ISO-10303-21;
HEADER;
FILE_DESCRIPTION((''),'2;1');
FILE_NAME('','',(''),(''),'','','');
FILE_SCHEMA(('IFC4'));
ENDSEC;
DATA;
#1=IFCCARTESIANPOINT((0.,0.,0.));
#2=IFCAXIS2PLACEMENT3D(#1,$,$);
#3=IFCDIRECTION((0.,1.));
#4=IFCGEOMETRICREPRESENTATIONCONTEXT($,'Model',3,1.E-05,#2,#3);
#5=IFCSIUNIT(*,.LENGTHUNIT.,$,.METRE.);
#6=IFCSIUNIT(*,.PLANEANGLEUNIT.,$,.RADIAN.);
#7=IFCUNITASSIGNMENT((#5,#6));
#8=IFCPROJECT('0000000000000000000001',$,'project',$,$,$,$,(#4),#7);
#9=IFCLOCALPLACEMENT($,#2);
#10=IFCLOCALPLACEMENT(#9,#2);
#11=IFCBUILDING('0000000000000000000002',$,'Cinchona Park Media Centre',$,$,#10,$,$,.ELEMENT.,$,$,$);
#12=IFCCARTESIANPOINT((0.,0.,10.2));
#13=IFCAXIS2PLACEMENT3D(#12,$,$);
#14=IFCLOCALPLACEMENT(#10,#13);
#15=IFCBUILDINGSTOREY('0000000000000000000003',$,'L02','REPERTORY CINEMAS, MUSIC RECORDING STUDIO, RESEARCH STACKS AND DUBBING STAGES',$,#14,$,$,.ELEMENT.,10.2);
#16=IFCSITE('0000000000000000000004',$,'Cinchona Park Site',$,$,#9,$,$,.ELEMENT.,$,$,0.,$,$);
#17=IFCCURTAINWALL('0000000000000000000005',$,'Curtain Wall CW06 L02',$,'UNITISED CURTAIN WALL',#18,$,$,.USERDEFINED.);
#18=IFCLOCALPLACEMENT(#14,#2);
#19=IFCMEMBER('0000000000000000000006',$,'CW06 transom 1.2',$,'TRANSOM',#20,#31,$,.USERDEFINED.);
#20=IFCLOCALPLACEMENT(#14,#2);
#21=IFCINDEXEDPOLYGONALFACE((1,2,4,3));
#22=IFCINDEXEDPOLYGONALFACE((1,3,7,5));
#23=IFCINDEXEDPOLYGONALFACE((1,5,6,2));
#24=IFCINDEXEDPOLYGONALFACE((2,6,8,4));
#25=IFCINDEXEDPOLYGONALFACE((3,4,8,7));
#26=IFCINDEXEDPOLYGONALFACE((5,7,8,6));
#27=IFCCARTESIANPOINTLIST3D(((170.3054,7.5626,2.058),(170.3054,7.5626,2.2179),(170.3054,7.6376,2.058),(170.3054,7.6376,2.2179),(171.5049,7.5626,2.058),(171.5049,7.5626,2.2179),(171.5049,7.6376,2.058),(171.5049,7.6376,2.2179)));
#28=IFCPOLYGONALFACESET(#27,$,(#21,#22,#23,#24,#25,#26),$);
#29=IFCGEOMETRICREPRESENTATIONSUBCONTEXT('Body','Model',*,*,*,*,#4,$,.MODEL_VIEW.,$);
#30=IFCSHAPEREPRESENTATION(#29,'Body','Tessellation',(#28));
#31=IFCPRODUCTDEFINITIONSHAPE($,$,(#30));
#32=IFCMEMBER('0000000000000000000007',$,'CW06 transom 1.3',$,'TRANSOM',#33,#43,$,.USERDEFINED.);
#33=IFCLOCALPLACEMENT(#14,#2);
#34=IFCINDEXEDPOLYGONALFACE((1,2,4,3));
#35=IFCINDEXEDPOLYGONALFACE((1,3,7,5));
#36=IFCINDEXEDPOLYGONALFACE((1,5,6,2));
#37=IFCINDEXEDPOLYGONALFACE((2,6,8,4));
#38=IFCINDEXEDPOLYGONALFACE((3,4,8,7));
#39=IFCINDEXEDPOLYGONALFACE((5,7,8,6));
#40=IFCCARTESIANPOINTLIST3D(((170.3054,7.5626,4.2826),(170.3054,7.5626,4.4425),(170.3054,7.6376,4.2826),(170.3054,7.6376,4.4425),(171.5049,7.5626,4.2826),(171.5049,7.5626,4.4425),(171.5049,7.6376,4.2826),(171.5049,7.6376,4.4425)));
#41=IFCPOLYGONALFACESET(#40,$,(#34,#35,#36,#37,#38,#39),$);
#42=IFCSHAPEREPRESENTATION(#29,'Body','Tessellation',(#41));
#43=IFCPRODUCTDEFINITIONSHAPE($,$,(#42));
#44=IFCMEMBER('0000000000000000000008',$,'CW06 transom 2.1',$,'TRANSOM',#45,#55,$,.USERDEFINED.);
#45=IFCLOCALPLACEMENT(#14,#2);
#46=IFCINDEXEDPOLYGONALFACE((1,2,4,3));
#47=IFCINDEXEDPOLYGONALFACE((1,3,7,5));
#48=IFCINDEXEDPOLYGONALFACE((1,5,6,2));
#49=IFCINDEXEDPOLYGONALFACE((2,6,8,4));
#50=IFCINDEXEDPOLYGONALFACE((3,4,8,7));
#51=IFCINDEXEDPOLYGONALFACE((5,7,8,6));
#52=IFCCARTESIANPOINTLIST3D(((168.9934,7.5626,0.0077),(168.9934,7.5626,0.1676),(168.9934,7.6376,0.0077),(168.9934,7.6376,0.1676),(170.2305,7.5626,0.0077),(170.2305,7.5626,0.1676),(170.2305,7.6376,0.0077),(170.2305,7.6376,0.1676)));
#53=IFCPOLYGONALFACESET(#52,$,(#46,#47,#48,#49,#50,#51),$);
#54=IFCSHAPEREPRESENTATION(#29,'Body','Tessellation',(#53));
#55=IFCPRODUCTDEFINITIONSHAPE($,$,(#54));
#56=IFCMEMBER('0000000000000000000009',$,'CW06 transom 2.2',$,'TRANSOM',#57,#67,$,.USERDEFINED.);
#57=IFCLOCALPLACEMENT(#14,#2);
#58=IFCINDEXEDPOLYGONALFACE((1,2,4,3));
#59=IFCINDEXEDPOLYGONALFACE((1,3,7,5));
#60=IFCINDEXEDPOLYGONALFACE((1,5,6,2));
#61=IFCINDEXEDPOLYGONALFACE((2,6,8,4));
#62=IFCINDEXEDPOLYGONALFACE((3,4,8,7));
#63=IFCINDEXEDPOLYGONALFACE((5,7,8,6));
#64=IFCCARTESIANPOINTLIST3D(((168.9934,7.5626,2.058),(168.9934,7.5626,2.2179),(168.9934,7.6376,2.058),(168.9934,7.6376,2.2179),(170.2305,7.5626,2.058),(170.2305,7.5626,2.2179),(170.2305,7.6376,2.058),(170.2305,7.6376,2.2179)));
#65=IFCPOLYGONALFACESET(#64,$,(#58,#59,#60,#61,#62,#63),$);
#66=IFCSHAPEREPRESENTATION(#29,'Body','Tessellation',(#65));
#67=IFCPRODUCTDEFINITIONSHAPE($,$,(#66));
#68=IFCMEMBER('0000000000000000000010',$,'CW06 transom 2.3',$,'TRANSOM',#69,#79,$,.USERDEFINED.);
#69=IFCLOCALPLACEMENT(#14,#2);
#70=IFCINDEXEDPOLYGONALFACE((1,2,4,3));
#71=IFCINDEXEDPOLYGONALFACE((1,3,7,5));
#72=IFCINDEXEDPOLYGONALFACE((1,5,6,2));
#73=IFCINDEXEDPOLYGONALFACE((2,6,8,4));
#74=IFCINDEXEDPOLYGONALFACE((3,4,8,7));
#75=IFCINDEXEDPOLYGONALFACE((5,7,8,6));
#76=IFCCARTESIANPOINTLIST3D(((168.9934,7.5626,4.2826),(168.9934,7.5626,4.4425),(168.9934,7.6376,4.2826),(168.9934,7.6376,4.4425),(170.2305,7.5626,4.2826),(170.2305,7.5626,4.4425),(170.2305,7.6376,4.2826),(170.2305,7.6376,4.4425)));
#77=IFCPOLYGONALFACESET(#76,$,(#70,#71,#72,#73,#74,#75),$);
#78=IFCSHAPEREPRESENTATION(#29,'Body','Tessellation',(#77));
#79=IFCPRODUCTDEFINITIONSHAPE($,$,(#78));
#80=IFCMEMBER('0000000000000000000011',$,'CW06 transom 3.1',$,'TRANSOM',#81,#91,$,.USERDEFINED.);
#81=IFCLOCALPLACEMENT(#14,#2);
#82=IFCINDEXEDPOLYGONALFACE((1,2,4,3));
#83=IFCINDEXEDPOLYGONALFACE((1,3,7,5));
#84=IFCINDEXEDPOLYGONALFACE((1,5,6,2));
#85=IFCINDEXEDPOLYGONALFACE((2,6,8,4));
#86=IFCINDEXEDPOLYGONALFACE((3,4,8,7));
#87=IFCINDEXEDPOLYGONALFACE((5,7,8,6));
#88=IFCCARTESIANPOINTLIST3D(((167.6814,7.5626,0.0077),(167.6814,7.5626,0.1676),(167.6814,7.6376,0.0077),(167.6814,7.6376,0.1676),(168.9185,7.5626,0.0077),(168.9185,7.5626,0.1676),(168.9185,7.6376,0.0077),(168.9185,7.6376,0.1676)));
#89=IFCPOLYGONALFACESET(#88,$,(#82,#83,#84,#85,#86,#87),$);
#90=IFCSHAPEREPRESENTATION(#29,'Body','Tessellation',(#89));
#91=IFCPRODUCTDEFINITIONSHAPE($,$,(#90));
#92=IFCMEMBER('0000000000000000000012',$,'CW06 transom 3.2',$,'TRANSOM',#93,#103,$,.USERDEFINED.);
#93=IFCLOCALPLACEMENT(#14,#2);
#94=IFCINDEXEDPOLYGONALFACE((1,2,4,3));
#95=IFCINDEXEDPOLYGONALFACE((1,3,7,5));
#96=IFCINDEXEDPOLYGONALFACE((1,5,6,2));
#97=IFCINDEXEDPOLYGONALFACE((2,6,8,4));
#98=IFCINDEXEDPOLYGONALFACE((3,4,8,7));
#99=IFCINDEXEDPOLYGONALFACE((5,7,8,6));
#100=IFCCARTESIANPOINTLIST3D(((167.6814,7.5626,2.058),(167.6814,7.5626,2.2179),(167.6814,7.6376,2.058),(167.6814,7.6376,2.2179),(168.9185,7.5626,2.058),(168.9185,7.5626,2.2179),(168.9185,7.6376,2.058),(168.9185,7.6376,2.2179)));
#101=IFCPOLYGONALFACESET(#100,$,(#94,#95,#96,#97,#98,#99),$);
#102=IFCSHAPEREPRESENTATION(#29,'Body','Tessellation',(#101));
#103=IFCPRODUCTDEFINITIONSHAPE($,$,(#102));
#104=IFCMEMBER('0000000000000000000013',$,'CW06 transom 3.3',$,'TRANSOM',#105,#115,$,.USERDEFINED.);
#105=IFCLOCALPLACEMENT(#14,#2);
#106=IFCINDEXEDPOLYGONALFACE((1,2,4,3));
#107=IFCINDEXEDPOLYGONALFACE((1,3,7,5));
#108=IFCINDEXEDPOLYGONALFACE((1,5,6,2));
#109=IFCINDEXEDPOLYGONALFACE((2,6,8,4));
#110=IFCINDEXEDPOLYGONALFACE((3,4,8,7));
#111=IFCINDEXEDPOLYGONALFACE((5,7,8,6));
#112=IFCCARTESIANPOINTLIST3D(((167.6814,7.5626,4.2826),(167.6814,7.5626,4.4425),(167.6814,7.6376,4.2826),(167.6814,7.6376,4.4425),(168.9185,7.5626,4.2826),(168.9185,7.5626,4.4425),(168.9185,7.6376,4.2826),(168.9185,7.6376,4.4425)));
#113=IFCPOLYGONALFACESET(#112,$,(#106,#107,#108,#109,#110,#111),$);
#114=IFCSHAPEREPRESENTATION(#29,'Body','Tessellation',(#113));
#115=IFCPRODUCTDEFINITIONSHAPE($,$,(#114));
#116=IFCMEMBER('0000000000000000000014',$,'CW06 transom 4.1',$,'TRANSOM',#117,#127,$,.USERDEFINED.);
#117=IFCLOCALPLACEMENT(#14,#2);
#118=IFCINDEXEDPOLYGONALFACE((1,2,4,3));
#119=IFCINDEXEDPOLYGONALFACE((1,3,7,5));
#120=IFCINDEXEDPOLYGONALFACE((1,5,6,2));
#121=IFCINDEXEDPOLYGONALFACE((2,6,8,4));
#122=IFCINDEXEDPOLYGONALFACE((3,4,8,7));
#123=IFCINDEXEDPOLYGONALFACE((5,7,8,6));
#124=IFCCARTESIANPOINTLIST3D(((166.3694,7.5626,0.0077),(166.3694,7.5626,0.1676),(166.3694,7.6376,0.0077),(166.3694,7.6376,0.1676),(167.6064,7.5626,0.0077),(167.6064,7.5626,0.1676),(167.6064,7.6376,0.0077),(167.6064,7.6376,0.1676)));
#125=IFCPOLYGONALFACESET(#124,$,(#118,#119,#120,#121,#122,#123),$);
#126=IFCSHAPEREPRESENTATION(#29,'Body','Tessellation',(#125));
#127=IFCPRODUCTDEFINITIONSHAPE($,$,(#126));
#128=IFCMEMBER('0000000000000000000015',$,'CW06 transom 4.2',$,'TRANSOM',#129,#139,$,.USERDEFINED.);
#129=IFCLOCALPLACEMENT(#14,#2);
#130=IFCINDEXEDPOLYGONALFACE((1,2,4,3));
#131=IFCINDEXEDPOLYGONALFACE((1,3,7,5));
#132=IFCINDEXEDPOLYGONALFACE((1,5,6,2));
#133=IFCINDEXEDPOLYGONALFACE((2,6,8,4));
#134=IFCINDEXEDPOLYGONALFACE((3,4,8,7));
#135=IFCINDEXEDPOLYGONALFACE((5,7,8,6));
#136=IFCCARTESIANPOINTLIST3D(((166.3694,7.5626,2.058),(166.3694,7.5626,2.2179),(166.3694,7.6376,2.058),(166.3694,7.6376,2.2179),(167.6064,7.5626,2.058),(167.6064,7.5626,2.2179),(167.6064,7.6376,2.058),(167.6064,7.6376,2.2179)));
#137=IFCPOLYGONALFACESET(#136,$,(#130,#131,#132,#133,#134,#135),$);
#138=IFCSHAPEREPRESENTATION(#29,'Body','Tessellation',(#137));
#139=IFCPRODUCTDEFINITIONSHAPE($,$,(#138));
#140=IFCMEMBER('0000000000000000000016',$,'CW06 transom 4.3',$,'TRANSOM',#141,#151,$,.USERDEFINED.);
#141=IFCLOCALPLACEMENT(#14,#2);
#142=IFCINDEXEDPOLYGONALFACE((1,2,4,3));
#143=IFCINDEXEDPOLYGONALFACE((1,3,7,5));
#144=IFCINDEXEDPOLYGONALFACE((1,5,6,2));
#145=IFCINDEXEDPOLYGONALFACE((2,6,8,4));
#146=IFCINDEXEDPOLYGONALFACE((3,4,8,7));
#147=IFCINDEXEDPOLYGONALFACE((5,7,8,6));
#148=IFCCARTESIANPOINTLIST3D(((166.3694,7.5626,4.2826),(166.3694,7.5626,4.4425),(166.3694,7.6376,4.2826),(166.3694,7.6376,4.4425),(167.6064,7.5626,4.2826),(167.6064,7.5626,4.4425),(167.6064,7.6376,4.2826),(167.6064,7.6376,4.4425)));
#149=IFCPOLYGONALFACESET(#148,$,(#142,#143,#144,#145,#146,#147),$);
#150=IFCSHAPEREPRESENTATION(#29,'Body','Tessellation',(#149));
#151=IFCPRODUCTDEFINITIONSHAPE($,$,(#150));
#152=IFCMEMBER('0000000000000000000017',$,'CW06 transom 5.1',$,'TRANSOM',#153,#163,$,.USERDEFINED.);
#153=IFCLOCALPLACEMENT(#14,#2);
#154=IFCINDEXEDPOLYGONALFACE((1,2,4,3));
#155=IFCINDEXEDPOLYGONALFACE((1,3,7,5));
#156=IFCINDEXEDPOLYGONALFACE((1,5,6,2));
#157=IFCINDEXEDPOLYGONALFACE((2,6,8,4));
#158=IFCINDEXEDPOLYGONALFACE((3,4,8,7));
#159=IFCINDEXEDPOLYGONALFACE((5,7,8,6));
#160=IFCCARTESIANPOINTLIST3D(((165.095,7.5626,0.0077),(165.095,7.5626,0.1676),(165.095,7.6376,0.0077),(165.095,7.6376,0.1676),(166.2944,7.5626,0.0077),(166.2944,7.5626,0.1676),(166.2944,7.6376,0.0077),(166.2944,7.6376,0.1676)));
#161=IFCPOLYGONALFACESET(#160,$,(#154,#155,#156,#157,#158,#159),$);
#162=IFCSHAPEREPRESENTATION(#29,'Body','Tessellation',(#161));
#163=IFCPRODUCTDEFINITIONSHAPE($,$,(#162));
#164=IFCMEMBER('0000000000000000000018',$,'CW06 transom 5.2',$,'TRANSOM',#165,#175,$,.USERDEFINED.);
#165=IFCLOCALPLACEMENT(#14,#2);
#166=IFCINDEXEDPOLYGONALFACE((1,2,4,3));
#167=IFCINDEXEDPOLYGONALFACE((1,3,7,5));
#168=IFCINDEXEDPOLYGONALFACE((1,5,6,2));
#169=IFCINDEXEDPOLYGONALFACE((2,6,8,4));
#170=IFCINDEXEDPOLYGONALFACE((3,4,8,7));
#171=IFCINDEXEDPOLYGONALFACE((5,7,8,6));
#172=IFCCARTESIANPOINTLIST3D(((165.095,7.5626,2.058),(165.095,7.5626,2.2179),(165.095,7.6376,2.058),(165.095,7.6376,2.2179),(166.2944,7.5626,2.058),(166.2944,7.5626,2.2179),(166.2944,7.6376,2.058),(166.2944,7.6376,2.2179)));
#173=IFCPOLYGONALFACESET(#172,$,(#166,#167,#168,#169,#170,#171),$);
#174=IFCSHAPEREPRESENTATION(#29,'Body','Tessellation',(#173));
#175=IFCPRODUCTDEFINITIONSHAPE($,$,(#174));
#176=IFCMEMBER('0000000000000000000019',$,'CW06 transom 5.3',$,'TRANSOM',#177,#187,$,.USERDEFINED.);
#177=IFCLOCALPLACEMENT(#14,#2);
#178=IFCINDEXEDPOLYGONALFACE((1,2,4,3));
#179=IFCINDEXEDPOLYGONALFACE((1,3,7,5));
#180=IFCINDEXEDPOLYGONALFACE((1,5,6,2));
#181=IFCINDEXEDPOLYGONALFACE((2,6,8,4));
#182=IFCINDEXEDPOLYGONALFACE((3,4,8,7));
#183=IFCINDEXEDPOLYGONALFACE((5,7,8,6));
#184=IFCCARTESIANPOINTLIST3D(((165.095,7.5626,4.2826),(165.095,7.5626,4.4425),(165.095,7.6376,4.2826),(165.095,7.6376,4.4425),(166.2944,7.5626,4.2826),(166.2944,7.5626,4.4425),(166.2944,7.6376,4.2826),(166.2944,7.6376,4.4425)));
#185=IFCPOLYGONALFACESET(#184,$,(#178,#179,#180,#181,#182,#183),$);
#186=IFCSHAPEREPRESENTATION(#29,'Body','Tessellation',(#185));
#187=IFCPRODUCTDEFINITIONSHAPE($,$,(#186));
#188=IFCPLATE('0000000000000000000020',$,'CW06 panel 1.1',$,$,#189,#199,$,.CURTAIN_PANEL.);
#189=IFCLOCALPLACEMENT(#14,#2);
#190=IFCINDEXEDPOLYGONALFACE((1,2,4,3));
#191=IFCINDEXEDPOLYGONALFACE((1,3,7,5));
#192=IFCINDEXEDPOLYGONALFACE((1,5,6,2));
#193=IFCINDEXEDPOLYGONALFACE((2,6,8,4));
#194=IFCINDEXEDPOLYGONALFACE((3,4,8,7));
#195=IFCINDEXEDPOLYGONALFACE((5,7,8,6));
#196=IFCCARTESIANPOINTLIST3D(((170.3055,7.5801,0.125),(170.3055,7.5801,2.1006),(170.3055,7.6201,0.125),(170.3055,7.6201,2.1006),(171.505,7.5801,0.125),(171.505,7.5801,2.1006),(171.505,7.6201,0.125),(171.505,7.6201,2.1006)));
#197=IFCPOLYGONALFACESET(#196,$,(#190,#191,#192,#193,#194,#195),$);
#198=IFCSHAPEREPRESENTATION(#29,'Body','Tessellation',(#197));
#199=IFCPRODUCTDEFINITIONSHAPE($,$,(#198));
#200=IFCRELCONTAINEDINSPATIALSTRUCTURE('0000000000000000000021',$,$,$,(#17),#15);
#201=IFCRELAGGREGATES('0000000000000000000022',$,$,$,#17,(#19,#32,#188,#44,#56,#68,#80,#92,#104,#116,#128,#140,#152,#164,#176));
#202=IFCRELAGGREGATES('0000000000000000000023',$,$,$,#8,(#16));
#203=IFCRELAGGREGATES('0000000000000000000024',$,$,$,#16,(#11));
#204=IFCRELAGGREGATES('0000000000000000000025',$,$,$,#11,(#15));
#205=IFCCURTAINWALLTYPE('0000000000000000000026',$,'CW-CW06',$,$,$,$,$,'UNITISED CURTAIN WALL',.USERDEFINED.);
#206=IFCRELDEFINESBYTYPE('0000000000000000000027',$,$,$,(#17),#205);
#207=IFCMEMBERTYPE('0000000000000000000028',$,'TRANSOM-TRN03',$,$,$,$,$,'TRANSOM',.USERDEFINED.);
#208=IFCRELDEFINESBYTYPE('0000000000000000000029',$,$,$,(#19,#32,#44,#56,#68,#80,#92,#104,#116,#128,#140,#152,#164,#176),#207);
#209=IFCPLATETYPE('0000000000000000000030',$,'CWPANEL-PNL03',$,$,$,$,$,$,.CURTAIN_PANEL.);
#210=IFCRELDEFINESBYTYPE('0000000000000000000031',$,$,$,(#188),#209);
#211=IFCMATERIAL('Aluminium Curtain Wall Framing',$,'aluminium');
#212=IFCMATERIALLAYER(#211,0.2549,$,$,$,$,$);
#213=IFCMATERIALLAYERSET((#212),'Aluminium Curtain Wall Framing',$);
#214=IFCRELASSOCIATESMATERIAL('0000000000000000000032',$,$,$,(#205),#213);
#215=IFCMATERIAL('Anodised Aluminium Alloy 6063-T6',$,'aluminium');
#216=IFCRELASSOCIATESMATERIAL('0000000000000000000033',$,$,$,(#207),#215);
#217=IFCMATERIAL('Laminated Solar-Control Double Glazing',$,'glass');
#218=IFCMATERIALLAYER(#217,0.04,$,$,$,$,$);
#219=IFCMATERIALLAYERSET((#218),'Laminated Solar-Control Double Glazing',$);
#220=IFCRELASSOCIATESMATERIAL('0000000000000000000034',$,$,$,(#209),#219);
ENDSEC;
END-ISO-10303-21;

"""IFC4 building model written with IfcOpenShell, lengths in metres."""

from ifc_helpers import new_model, si_unit, direction, frame, origin, origin_2d, place, context, subcontext, project, spatial, rectangle, extrude, material, layer, layer_set, material_profile, profile_set, type_object, element, aggregate, save


model = new_model("IFC4")

# Units and contexts
model_context = context("Model", 3, precision=1e-05, world=origin(), true_north=direction((0.0, 1.0)))
body_context = subcontext(model_context, "Body", "Model", "MODEL_VIEW")
ifc_project = project(units=[si_unit("LENGTHUNIT", "METRE"), si_unit("PLANEANGLEUNIT", "RADIAN")], contexts=[model_context])

# Site, building, storey
site_placement = place(None, origin())
site = spatial("IfcSite", under=ifc_project, at=site_placement, Name="Cinchona Park Site", CompositionType="ELEMENT", RefElevation=0.0)
building_placement = place(site_placement, origin())
building = spatial("IfcBuilding", under=site, at=building_placement, Name="Cinchona Park Media Centre", CompositionType="ELEMENT")
storey_placement = place(building_placement, frame((0.0, 0.0, 10.2)))
storey = spatial("IfcBuildingStorey", under=building, at=storey_placement, Name="L02", Description="REPERTORY CINEMAS, MUSIC RECORDING STUDIO, RESEARCH STACKS AND DUBBING STAGES", CompositionType="ELEMENT", Elevation=10.2)

# Curtain wall
ifc_material_1 = material(Name="Aluminium Curtain Wall Framing", Category="aluminium")
ifc_layer_1 = layer(ifc_material_1, 0.2549)
ifc_layer_set_1 = layer_set([ifc_layer_1], Name="Aluminium Curtain Wall Framing")
curtain_wall_type_1 = type_object("IfcCurtainWallType", Name="CW-CW06", ElementType="UNITISED CURTAIN WALL", PredefinedType="USERDEFINED", material=ifc_layer_set_1)
curtain_wall_1_placement = place(storey_placement, origin())
curtain_wall_1 = element("IfcCurtainWall", 1, at=curtain_wall_1_placement, inside=storey, type_object=curtain_wall_type_1, Name="Curtain Wall CW06 L02", ObjectType="UNITISED CURTAIN WALL", PredefinedType="USERDEFINED")

# Members
ifc_material_2 = material(Name="Anodised Aluminium Alloy 6063-T6", Category="aluminium")
ifc_material_profile_1 = material_profile(ifc_material_2, rectangle(XDim=0.075, YDim=0.1599, at=origin_2d()), Name="TRN-75X160")
ifc_profile_set_1 = profile_set([ifc_material_profile_1], Name="Anodised Aluminium Alloy 6063-T6")
member_type_1 = type_object("IfcMemberType", Name="TRANSOM-TRN03", ElementType="TRANSOM", PredefinedType="USERDEFINED", material=ifc_profile_set_1)
member_1_placement = place(storey_placement, frame((171.5049, 7.6001, 2.1379), z_axis=(-1.0, 0.0, 0.0), x_axis=(0.0, -1.0, 0.0)))
member_1 = element("IfcMember", 2, at=member_1_placement, type_object=member_type_1, Name="CW06 transom 1.2", ObjectType="TRANSOM", PredefinedType="USERDEFINED", context=body_context, shape_type="SweptSolid", body=[
    extrude(rectangle(XDim=0.075, YDim=0.1599, at=origin_2d()), origin(), (0.0, 0.0, 1.0), 1.1995),
])
member_2_placement = place(storey_placement, frame((171.5049, 7.6001, 4.3625), z_axis=(-1.0, 0.0, 0.0), x_axis=(0.0, -1.0, 0.0)))
member_2 = element("IfcMember", 3, at=member_2_placement, type_object=member_type_1, Name="CW06 transom 1.3", ObjectType="TRANSOM", PredefinedType="USERDEFINED", context=body_context, shape_type="SweptSolid", body=[
    extrude(rectangle(XDim=0.075, YDim=0.1599, at=origin_2d()), origin(), (0.0, 0.0, 1.0), 1.1995),
])
member_3_placement = place(storey_placement, frame((170.2305, 7.6001, 0.0876), z_axis=(-1.0, 0.0, 0.0), x_axis=(0.0, -1.0, 0.0)))
member_3 = element("IfcMember", 4, at=member_3_placement, type_object=member_type_1, Name="CW06 transom 2.1", ObjectType="TRANSOM", PredefinedType="USERDEFINED", context=body_context, shape_type="SweptSolid", body=[
    extrude(rectangle(XDim=0.075, YDim=0.1599, at=origin_2d()), origin(), (0.0, 0.0, 1.0), 1.2371),
])
member_4_placement = place(storey_placement, frame((170.2305, 7.6001, 2.1379), z_axis=(-1.0, 0.0, 0.0), x_axis=(0.0, -1.0, 0.0)))
member_4 = element("IfcMember", 5, at=member_4_placement, type_object=member_type_1, Name="CW06 transom 2.2", ObjectType="TRANSOM", PredefinedType="USERDEFINED", context=body_context, shape_type="SweptSolid", body=[
    extrude(rectangle(XDim=0.075, YDim=0.1599, at=origin_2d()), origin(), (0.0, 0.0, 1.0), 1.2371),
])
member_5_placement = place(storey_placement, frame((170.2305, 7.6001, 4.3625), z_axis=(-1.0, 0.0, 0.0), x_axis=(0.0, -1.0, 0.0)))
member_5 = element("IfcMember", 6, at=member_5_placement, type_object=member_type_1, Name="CW06 transom 2.3", ObjectType="TRANSOM", PredefinedType="USERDEFINED", context=body_context, shape_type="SweptSolid", body=[
    extrude(rectangle(XDim=0.075, YDim=0.1599, at=origin_2d()), origin(), (0.0, 0.0, 1.0), 1.2371),
])
member_6_placement = place(storey_placement, frame((168.9185, 7.6001, 0.0876), z_axis=(-1.0, 0.0, 0.0), x_axis=(0.0, -1.0, 0.0)))
member_6 = element("IfcMember", 7, at=member_6_placement, type_object=member_type_1, Name="CW06 transom 3.1", ObjectType="TRANSOM", PredefinedType="USERDEFINED", context=body_context, shape_type="SweptSolid", body=[
    extrude(rectangle(XDim=0.075, YDim=0.1599, at=origin_2d()), origin(), (0.0, 0.0, 1.0), 1.2371),
])
member_7_placement = place(storey_placement, frame((168.9185, 7.6001, 2.1379), z_axis=(-1.0, 0.0, 0.0), x_axis=(0.0, -1.0, 0.0)))
member_7 = element("IfcMember", 8, at=member_7_placement, type_object=member_type_1, Name="CW06 transom 3.2", ObjectType="TRANSOM", PredefinedType="USERDEFINED", context=body_context, shape_type="SweptSolid", body=[
    extrude(rectangle(XDim=0.075, YDim=0.1599, at=origin_2d()), origin(), (0.0, 0.0, 1.0), 1.2371),
])
member_8_placement = place(storey_placement, frame((168.9185, 7.6001, 4.3625), z_axis=(-1.0, 0.0, 0.0), x_axis=(0.0, -1.0, 0.0)))
member_8 = element("IfcMember", 9, at=member_8_placement, type_object=member_type_1, Name="CW06 transom 3.3", ObjectType="TRANSOM", PredefinedType="USERDEFINED", context=body_context, shape_type="SweptSolid", body=[
    extrude(rectangle(XDim=0.075, YDim=0.1599, at=origin_2d()), origin(), (0.0, 0.0, 1.0), 1.2371),
])
member_9_placement = place(storey_placement, frame((167.6064, 7.6001, 0.0876), z_axis=(-1.0, 0.0, 0.0), x_axis=(0.0, -1.0, 0.0)))
member_9 = element("IfcMember", 10, at=member_9_placement, type_object=member_type_1, Name="CW06 transom 4.1", ObjectType="TRANSOM", PredefinedType="USERDEFINED", context=body_context, shape_type="SweptSolid", body=[
    extrude(rectangle(XDim=0.075, YDim=0.1599, at=origin_2d()), origin(), (0.0, 0.0, 1.0), 1.2371),
])
member_10_placement = place(storey_placement, frame((167.6064, 7.6001, 2.1379), z_axis=(-1.0, 0.0, 0.0), x_axis=(0.0, -1.0, 0.0)))
member_10 = element("IfcMember", 11, at=member_10_placement, type_object=member_type_1, Name="CW06 transom 4.2", ObjectType="TRANSOM", PredefinedType="USERDEFINED", context=body_context, shape_type="SweptSolid", body=[
    extrude(rectangle(XDim=0.075, YDim=0.1599, at=origin_2d()), origin(), (0.0, 0.0, 1.0), 1.2371),
])
member_11_placement = place(storey_placement, frame((167.6064, 7.6001, 4.3625), z_axis=(-1.0, 0.0, 0.0), x_axis=(0.0, -1.0, 0.0)))
member_11 = element("IfcMember", 12, at=member_11_placement, type_object=member_type_1, Name="CW06 transom 4.3", ObjectType="TRANSOM", PredefinedType="USERDEFINED", context=body_context, shape_type="SweptSolid", body=[
    extrude(rectangle(XDim=0.075, YDim=0.1599, at=origin_2d()), origin(), (0.0, 0.0, 1.0), 1.2371),
])
member_12_placement = place(storey_placement, frame((166.2944, 7.6001, 0.0876), z_axis=(-1.0, 0.0, 0.0), x_axis=(0.0, -1.0, 0.0)))
member_12 = element("IfcMember", 13, at=member_12_placement, type_object=member_type_1, Name="CW06 transom 5.1", ObjectType="TRANSOM", PredefinedType="USERDEFINED", context=body_context, shape_type="SweptSolid", body=[
    extrude(rectangle(XDim=0.075, YDim=0.1599, at=origin_2d()), origin(), (0.0, 0.0, 1.0), 1.1995),
])
member_13_placement = place(storey_placement, frame((166.2944, 7.6001, 2.1379), z_axis=(-1.0, 0.0, 0.0), x_axis=(0.0, -1.0, 0.0)))
member_13 = element("IfcMember", 14, at=member_13_placement, type_object=member_type_1, Name="CW06 transom 5.2", ObjectType="TRANSOM", PredefinedType="USERDEFINED", context=body_context, shape_type="SweptSolid", body=[
    extrude(rectangle(XDim=0.075, YDim=0.1599, at=origin_2d()), origin(), (0.0, 0.0, 1.0), 1.1995),
])
member_14_placement = place(storey_placement, frame((166.2944, 7.6001, 4.3625), z_axis=(-1.0, 0.0, 0.0), x_axis=(0.0, -1.0, 0.0)))
member_14 = element("IfcMember", 15, at=member_14_placement, type_object=member_type_1, Name="CW06 transom 5.3", ObjectType="TRANSOM", PredefinedType="USERDEFINED", context=body_context, shape_type="SweptSolid", body=[
    extrude(rectangle(XDim=0.075, YDim=0.1599, at=origin_2d()), origin(), (0.0, 0.0, 1.0), 1.1995),
])

# Plate
ifc_material_3 = material(Name="Laminated Solar-Control Double Glazing", Category="glass")
ifc_layer_2 = layer(ifc_material_3, 0.04)
ifc_layer_set_2 = layer_set([ifc_layer_2], Name="Laminated Solar-Control Double Glazing")
plate_type = type_object("IfcPlateType", Name="CWPANEL-PNL03", PredefinedType="CURTAIN_PANEL", material=ifc_layer_set_2)
plate_1_placement = place(storey_placement, frame((170.9053, 7.6001, 0.125), z_axis=(0.0, 0.0, 1.0), x_axis=(-1.0, 0.0, 0.0)))
plate_1 = element("IfcPlate", 16, at=plate_1_placement, type_object=plate_type, Name="CW06 panel 1.1", PredefinedType="CURTAIN_PANEL", context=body_context, shape_type="SweptSolid", body=[
    extrude(rectangle(XDim=1.1995, YDim=0.04, at=origin_2d()), origin(), (0.0, 0.0, 1.0), 1.9756),
])
aggregate(curtain_wall_1, [member_1, member_2, plate_1, member_3, member_4, member_5, member_6, member_7, member_8, member_9, member_10, member_11, member_12, member_13, member_14])

save(model, "model.ifc")
